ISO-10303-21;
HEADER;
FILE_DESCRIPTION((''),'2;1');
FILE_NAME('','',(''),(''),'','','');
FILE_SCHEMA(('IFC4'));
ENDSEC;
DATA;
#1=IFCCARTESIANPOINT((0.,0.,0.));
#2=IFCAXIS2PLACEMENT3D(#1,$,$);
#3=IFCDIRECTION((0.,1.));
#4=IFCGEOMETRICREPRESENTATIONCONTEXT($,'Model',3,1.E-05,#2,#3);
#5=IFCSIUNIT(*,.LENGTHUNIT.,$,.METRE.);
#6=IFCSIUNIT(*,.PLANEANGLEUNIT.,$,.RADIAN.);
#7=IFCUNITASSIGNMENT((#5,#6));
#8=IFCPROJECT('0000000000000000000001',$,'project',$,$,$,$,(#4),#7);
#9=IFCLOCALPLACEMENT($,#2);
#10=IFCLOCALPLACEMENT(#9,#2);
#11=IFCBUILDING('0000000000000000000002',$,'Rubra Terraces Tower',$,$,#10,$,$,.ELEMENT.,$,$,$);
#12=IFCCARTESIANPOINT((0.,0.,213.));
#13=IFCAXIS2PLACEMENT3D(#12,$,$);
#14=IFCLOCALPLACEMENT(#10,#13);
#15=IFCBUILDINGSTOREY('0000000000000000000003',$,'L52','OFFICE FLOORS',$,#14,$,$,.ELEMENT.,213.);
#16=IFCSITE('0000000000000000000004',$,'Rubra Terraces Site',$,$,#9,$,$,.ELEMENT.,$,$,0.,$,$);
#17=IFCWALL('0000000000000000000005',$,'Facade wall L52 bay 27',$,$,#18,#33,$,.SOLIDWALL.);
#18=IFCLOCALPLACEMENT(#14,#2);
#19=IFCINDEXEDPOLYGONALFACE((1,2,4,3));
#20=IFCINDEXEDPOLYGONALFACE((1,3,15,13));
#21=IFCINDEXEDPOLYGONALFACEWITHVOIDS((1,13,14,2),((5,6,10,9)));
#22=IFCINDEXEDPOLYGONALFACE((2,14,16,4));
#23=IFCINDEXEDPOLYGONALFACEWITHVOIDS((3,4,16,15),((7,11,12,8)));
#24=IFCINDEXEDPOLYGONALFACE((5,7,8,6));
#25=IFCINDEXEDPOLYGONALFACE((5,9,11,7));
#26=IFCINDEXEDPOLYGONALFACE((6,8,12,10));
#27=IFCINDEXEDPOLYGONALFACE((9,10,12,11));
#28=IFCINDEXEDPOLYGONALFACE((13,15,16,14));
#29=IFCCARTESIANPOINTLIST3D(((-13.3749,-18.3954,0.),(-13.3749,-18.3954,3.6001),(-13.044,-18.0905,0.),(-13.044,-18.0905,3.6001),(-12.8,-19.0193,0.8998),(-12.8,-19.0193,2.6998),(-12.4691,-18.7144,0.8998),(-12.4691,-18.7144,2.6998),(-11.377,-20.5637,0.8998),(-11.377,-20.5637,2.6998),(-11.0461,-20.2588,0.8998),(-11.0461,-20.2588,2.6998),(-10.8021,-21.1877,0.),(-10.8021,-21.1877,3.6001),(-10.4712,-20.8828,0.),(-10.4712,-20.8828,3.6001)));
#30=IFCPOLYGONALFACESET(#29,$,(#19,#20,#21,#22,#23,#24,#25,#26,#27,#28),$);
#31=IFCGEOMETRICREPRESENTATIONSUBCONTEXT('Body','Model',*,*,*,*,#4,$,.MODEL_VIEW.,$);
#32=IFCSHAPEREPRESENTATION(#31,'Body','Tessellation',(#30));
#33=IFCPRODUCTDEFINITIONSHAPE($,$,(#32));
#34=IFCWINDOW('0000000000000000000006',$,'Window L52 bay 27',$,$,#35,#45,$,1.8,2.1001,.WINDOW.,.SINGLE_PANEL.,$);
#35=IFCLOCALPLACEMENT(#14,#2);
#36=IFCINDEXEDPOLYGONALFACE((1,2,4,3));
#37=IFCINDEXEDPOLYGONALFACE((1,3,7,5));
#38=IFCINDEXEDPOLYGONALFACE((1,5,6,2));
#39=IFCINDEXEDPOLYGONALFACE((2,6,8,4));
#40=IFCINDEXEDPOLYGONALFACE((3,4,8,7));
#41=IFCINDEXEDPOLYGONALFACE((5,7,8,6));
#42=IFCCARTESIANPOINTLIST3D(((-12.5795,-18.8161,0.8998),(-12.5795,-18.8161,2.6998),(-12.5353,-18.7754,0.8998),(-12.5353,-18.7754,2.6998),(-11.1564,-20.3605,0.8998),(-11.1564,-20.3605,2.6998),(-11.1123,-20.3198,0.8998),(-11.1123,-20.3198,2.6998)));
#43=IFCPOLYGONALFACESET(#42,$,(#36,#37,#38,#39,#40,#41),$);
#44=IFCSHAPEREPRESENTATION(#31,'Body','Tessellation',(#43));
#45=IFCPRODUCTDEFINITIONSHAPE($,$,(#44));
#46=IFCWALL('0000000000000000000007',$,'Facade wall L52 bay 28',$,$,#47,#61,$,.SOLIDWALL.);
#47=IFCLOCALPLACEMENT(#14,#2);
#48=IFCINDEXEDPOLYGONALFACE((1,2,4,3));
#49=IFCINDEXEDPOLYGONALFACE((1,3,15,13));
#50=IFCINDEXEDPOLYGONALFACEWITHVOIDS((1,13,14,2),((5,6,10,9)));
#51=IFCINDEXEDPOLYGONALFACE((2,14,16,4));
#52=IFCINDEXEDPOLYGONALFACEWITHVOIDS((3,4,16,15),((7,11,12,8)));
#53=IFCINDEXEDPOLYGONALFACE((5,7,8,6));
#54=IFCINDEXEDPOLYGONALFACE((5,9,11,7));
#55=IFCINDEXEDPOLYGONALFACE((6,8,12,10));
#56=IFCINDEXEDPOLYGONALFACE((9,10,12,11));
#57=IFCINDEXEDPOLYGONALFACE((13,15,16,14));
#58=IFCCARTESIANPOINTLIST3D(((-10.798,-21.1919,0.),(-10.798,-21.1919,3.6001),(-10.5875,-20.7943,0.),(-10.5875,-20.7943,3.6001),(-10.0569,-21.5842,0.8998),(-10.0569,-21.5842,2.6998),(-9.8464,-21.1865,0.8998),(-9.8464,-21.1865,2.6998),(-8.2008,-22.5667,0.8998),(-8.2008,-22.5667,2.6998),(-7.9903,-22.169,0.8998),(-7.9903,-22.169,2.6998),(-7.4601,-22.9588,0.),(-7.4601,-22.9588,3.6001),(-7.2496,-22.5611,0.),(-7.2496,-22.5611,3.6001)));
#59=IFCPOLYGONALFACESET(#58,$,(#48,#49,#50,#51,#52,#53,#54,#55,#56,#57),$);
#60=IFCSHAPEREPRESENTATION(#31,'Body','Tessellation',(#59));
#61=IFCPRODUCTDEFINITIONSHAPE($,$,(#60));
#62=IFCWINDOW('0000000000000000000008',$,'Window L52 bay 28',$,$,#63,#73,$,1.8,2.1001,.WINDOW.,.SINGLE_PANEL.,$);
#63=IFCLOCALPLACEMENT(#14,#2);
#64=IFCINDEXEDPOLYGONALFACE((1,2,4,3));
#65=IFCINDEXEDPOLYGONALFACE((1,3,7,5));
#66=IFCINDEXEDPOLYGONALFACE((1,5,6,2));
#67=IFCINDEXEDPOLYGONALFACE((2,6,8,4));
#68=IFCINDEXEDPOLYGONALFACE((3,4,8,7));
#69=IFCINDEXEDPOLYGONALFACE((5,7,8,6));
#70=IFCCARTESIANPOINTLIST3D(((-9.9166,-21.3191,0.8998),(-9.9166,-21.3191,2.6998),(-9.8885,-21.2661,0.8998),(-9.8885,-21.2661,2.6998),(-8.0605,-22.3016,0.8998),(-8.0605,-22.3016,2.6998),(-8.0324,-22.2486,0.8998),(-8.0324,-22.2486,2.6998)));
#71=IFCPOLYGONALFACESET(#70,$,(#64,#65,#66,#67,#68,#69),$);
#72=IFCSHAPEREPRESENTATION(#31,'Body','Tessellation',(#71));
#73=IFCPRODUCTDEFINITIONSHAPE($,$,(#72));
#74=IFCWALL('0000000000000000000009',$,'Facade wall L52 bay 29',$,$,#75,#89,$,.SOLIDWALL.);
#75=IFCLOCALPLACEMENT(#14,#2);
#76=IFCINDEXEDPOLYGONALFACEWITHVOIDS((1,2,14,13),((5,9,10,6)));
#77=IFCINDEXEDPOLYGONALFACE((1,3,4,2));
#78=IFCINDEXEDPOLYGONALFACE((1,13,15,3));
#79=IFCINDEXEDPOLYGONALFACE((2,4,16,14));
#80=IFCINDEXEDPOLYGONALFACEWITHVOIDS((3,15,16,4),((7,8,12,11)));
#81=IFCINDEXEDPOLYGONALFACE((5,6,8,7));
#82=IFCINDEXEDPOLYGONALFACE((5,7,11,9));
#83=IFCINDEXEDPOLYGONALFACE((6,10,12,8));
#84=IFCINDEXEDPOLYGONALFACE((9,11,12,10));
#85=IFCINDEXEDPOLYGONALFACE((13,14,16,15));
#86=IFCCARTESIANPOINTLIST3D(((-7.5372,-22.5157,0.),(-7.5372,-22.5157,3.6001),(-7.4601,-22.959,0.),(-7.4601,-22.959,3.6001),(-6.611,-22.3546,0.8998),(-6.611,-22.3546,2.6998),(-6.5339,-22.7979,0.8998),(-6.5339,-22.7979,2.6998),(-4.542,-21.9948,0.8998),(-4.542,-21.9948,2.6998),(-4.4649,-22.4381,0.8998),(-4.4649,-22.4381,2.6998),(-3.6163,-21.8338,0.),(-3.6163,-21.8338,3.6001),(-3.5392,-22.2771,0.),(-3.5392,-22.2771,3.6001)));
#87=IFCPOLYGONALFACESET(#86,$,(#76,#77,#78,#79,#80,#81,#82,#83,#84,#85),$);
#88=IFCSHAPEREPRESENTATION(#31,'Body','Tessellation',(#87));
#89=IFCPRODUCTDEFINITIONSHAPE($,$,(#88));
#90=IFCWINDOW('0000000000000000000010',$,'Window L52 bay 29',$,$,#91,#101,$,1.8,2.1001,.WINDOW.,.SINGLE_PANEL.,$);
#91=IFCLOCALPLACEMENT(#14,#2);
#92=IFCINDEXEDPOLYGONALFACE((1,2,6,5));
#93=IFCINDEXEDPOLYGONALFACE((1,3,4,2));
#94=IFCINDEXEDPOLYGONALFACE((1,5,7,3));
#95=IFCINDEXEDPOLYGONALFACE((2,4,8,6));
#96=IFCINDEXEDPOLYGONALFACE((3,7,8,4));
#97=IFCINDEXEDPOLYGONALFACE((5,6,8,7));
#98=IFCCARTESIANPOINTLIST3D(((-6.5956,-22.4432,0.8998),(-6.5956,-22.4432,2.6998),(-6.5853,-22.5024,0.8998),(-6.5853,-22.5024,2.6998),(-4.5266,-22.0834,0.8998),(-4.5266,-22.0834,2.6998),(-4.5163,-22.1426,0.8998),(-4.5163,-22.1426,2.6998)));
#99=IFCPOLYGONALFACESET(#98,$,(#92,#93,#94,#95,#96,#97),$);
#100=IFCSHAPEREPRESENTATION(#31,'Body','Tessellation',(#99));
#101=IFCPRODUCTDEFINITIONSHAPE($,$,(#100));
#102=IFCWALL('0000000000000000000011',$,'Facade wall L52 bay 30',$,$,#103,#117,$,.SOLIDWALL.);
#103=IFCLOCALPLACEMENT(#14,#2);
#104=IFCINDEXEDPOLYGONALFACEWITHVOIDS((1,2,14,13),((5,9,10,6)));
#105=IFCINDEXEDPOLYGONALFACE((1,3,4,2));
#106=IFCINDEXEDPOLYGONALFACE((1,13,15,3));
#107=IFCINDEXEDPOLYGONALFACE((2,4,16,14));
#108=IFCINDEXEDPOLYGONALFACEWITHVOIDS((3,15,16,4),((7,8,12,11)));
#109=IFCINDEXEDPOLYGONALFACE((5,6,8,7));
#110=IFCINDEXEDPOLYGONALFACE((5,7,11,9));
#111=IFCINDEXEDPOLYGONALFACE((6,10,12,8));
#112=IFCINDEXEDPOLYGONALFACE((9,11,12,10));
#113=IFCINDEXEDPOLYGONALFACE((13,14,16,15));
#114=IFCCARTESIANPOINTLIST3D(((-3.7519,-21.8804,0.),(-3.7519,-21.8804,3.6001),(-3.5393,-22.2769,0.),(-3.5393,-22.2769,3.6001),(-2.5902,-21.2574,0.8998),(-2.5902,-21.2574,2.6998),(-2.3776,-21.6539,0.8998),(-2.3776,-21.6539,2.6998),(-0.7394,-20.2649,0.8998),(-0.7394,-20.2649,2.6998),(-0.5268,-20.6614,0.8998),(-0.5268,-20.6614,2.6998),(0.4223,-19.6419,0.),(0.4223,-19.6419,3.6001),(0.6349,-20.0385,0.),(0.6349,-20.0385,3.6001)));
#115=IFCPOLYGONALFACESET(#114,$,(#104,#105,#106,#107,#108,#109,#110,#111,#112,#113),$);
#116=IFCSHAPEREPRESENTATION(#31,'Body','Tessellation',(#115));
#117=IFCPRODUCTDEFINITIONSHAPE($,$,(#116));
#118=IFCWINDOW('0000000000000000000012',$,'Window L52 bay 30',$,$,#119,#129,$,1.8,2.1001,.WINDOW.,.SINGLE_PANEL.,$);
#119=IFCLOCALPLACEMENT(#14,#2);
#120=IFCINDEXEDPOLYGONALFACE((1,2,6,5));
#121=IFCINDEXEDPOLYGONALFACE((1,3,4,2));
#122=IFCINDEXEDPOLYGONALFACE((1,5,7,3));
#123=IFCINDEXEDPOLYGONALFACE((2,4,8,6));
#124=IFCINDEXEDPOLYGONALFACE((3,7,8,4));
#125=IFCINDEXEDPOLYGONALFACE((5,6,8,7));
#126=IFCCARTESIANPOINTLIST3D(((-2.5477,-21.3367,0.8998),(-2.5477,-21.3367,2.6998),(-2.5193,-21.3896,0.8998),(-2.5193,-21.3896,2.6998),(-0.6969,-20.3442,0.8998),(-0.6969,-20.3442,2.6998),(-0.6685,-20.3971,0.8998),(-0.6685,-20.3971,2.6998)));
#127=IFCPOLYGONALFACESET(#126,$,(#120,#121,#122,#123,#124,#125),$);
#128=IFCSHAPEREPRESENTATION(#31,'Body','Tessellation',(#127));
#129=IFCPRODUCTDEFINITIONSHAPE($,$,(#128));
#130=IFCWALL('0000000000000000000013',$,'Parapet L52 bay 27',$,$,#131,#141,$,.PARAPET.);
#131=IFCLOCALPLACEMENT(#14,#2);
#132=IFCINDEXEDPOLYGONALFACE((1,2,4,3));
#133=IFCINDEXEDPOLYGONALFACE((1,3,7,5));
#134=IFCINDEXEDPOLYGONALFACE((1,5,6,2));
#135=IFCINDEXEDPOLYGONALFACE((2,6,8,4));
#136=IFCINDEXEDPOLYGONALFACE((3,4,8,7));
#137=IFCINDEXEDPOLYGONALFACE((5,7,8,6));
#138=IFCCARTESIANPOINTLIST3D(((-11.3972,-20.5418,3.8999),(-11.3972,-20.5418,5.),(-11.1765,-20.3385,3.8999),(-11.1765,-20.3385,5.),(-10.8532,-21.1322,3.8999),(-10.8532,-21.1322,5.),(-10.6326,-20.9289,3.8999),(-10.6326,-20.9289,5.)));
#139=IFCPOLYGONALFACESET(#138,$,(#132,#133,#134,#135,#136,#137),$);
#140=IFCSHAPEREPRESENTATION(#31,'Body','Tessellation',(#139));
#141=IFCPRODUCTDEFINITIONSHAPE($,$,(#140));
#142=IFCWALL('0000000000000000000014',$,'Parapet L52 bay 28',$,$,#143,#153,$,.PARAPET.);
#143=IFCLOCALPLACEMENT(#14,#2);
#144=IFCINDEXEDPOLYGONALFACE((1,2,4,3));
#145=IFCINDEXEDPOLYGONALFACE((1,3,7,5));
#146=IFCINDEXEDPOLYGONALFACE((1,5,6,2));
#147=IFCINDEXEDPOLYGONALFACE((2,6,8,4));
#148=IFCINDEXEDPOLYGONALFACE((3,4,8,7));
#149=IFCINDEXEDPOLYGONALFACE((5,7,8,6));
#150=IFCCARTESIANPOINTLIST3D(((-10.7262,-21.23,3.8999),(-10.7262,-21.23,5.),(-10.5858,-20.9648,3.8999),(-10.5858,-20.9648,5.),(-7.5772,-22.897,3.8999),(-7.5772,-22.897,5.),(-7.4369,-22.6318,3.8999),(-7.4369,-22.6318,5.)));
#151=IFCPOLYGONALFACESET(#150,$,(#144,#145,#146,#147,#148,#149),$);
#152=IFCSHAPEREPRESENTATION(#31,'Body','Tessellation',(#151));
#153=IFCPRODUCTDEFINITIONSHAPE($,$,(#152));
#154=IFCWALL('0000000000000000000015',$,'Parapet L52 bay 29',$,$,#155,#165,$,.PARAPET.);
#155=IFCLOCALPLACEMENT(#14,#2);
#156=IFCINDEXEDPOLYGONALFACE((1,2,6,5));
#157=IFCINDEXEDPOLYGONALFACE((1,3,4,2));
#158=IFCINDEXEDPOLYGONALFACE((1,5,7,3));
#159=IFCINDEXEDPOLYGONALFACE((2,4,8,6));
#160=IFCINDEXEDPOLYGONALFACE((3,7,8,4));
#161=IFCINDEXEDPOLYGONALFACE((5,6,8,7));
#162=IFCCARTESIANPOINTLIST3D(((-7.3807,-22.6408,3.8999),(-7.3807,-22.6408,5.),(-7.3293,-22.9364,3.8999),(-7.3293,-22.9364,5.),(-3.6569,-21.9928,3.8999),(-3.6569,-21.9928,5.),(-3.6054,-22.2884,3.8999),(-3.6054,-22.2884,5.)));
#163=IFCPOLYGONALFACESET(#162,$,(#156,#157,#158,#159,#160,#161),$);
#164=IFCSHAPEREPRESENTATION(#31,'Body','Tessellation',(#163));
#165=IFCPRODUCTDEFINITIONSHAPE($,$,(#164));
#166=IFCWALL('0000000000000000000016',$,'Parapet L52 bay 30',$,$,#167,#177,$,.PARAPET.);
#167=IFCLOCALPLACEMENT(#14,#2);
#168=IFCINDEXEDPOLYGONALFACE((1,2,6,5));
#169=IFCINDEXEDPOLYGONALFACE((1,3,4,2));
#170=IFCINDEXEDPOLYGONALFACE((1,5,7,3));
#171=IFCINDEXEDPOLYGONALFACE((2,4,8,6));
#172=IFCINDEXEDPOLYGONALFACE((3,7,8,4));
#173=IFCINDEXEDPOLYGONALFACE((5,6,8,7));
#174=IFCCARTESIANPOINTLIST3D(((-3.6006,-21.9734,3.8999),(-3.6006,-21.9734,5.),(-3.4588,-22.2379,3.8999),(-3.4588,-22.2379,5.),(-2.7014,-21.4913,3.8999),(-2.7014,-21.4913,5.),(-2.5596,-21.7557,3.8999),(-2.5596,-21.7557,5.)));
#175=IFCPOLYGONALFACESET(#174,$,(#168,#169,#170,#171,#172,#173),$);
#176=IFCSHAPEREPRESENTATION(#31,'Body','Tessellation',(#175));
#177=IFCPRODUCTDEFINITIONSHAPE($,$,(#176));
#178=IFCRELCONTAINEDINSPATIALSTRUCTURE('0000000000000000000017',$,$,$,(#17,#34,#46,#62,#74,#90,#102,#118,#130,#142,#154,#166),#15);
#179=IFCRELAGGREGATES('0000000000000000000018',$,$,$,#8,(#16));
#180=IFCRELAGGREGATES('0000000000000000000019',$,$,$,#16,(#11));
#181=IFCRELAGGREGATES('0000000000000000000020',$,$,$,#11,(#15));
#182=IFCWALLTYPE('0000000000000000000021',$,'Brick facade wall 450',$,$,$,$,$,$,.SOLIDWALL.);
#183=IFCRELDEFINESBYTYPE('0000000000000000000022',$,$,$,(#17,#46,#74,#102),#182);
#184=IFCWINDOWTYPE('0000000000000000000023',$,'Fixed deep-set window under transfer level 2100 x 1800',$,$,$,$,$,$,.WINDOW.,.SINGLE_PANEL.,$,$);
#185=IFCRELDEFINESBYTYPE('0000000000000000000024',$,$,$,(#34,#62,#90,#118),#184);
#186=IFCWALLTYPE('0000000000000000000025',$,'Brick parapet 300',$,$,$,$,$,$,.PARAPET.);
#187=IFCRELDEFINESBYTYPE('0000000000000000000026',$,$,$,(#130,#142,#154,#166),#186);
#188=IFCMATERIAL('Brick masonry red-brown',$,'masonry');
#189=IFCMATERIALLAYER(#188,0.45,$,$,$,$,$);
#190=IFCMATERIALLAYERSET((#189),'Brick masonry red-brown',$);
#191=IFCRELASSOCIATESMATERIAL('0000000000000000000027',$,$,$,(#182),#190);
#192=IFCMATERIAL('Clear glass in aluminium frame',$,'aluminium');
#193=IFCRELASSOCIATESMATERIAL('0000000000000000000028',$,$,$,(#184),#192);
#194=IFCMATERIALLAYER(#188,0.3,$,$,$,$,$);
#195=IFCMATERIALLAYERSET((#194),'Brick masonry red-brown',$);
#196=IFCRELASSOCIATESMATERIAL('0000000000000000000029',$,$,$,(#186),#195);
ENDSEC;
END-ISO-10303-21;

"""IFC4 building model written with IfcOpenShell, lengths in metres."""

from ifc_helpers import new_model, si_unit, direction, frame, frame_2d, origin, place, context, subcontext, project, spatial, rectangle, extrude, material, layer, layer_set, type_object, element, fill, save


model = new_model("IFC4")

# Units and contexts
model_context = context("Model", 3, precision=1e-05, world=origin(), true_north=direction((0.0, 1.0)))
body_context = subcontext(model_context, "Body", "Model", "MODEL_VIEW")
ifc_project = project(units=[si_unit("LENGTHUNIT", "METRE"), si_unit("PLANEANGLEUNIT", "RADIAN")], contexts=[model_context])

# Site, building, storey
site_placement = place(None, origin())
site = spatial("IfcSite", under=ifc_project, at=site_placement, Name="Rubra Terraces Site", CompositionType="ELEMENT", RefElevation=0.0)
building_placement = place(site_placement, origin())
building = spatial("IfcBuilding", under=site, at=building_placement, Name="Rubra Terraces Tower", CompositionType="ELEMENT")
storey_placement = place(building_placement, frame((0.0, 0.0, 213.0)))
storey = spatial("IfcBuildingStorey", under=building, at=storey_placement, Name="L52", Description="OFFICE FLOORS", CompositionType="ELEMENT", Elevation=213.0)

# Walls, openings, windows
ifc_material_1 = material(Name="Brick masonry red-brown", Category="masonry")
ifc_layer_1 = layer(ifc_material_1, 0.45)
ifc_layer_set_1 = layer_set([ifc_layer_1], Name="Brick masonry red-brown")
wall_type_1 = type_object("IfcWallType", Name="Brick facade wall 450", PredefinedType="SOLIDWALL", material=ifc_layer_set_1)
wall_1_placement = place(storey_placement, frame((-13.2095, -18.2429, 0.0), z_axis=(0.0, 0.0, 1.0), x_axis=(0.677612, -0.735419, 0.0)))
wall_1 = element("IfcWall", 1, at=wall_1_placement, inside=storey, type_object=wall_type_1, Name="Facade wall L52 bay 27", PredefinedType="SOLIDWALL", context=body_context, shape_type="SweptSolid", body=[
    extrude(rectangle(XDim=3.7969, YDim=0.45, at=frame_2d((1.8984, 0.0))), origin(), (0.0, 0.0, 1.0), 3.6001),
])
opening_1_placement = place(wall_1_placement, frame((0.8484, 0.0, 0.8999)))
opening_1 = element("IfcOpeningElement", 2, at=opening_1_placement, cuts=wall_1, PredefinedType="OPENING", context=body_context, shape_type="SweptSolid", body=[
    extrude(rectangle(XDim=2.1001, YDim=1.8, at=frame_2d((1.05, 0.8999))), frame((0.0, 0.2349, 0.0), z_axis=(0.0, -1.0, 0.0), x_axis=(1.0, 0.0, 0.0)), (0.0, 0.0, 1.0), 0.47),
])
ifc_material_2 = material(Name="Clear glass in aluminium frame", Category="aluminium")
window_type = type_object("IfcWindowType", Name="Fixed deep-set window under transfer level 2100 x 1800", PartitioningType="SINGLE_PANEL", PredefinedType="WINDOW", material=ifc_material_2)
window_1_placement = place(opening_1_placement, origin())
window_1 = element("IfcWindow", 3, at=window_1_placement, inside=storey, type_object=window_type, Name="Window L52 bay 27", OverallHeight=1.8, OverallWidth=2.1001, PartitioningType="SINGLE_PANEL", PredefinedType="WINDOW", context=body_context, shape_type="SweptSolid", body=[
    extrude(rectangle(XDim=2.1001, YDim=1.8, at=frame_2d((1.05, 0.8999))), frame((0.0, 0.135, 0.0), z_axis=(0.0, -1.0, 0.0), x_axis=(1.0, 0.0, 0.0)), (0.0, 0.0, 1.0), 0.0601),
])
fill(opening_1, window_1)
wall_2_placement = place(storey_placement, frame((-10.6926, -20.9932, 0.0), z_axis=(0.0, 0.0, 1.0), x_axis=(0.883818, -0.467831, 0.0)))
wall_2 = element("IfcWall", 4, at=wall_2_placement, inside=storey, type_object=wall_type_1, Name="Facade wall L52 bay 28", PredefinedType="SOLIDWALL", context=body_context, shape_type="SweptSolid", body=[
    extrude(rectangle(XDim=3.7766, YDim=0.45, at=frame_2d((1.8882, 0.0))), origin(), (0.0, 0.0, 1.0), 3.6001),
])
opening_2_placement = place(wall_2_placement, frame((0.8384, 0.0, 0.8999)))
opening_2 = element("IfcOpeningElement", 5, at=opening_2_placement, cuts=wall_2, PredefinedType="OPENING", context=body_context, shape_type="SweptSolid", body=[
    extrude(rectangle(XDim=2.1001, YDim=1.8, at=frame_2d((1.05, 0.8999))), frame((0.0, 0.2349, 0.0), z_axis=(0.0, -1.0, 0.0), x_axis=(1.0, 0.0, 0.0)), (0.0, 0.0, 1.0), 0.47),
])
window_2_placement = place(opening_2_placement, origin())
window_2 = element("IfcWindow", 6, at=window_2_placement, inside=storey, type_object=window_type, Name="Window L52 bay 28", OverallHeight=1.8, OverallWidth=2.1001, PartitioningType="SINGLE_PANEL", PredefinedType="WINDOW", context=body_context, shape_type="SweptSolid", body=[
    extrude(rectangle(XDim=2.1001, YDim=1.8, at=frame_2d((1.05, 0.8999))), frame((0.0, 0.135, 0.0), z_axis=(0.0, -1.0, 0.0), x_axis=(1.0, 0.0, 0.0)), (0.0, 0.0, 1.0), 0.0601),
])
fill(opening_2, window_2)
wall_3_placement = place(storey_placement, frame((-7.4985, -22.7373, 0.0), z_axis=(0.0, 0.0, 1.0), x_axis=(0.985212, 0.171339, 0.0)))
wall_3 = element("IfcWall", 7, at=wall_3_placement, inside=storey, type_object=wall_type_1, Name="Facade wall L52 bay 29", PredefinedType="SOLIDWALL", context=body_context, shape_type="SweptSolid", body=[
    extrude(rectangle(XDim=3.9797, YDim=0.45, at=frame_2d((1.9897, 0.0))), origin(), (0.0, 0.0, 1.0), 3.6001),
])
opening_3_placement = place(wall_3_placement, frame((0.9399, 0.0, 0.8999)))
opening_3 = element("IfcOpeningElement", 8, at=opening_3_placement, cuts=wall_3, PredefinedType="OPENING", context=body_context, shape_type="SweptSolid", body=[
    extrude(rectangle(XDim=2.1001, YDim=1.8, at=frame_2d((1.05, 0.8999))), frame((0.0, 0.2349, 0.0), z_axis=(0.0, -1.0, 0.0), x_axis=(1.0, 0.0, 0.0)), (0.0, 0.0, 1.0), 0.47),
])
window_3_placement = place(opening_3_placement, origin())
window_3 = element("IfcWindow", 9, at=window_3_placement, inside=storey, type_object=window_type, Name="Window L52 bay 29", OverallHeight=1.8, OverallWidth=2.1001, PartitioningType="SINGLE_PANEL", PredefinedType="WINDOW", context=body_context, shape_type="SweptSolid", body=[
    extrude(rectangle(XDim=2.1001, YDim=1.8, at=frame_2d((1.05, 0.8999))), frame((0.0, 0.135, 0.0), z_axis=(0.0, -1.0, 0.0), x_axis=(1.0, 0.0, 0.0)), (0.0, 0.0, 1.0), 0.0601),
])
fill(opening_3, window_3)
wall_4_placement = place(storey_placement, frame((-3.6455, -22.0786, 0.0), z_axis=(0.0, 0.0, 1.0), x_axis=(0.881279, 0.472596, 0.0)))
wall_4 = element("IfcWall", 10, at=wall_4_placement, inside=storey, type_object=wall_type_1, Name="Facade wall L52 bay 30", PredefinedType="SOLIDWALL", context=body_context, shape_type="SweptSolid", body=[
    extrude(rectangle(XDim=4.7366, YDim=0.45, at=frame_2d((2.3682, 0.0))), origin(), (0.0, 0.0, 1.0), 3.6001),
])
opening_4_placement = place(wall_4_placement, frame((1.3181, 0.0, 0.8999)))
opening_4 = element("IfcOpeningElement", 11, at=opening_4_placement, cuts=wall_4, PredefinedType="OPENING", context=body_context, shape_type="SweptSolid", body=[
    extrude(rectangle(XDim=2.1001, YDim=1.8, at=frame_2d((1.05, 0.8999))), frame((0.0, 0.2349, 0.0), z_axis=(0.0, -1.0, 0.0), x_axis=(1.0, 0.0, 0.0)), (0.0, 0.0, 1.0), 0.47),
])
window_4_placement = place(opening_4_placement, origin())
window_4 = element("IfcWindow", 12, at=window_4_placement, inside=storey, type_object=window_type, Name="Window L52 bay 30", OverallHeight=1.8, OverallWidth=2.1001, PartitioningType="SINGLE_PANEL", PredefinedType="WINDOW", context=body_context, shape_type="SweptSolid", body=[
    extrude(rectangle(XDim=2.1001, YDim=1.8, at=frame_2d((1.05, 0.8999))), frame((0.0, 0.135, 0.0), z_axis=(0.0, -1.0, 0.0), x_axis=(1.0, 0.0, 0.0)), (0.0, 0.0, 1.0), 0.0601),
])
fill(opening_4, window_4)

# Walls
ifc_layer_2 = layer(ifc_material_1, 0.3)
ifc_layer_set_2 = layer_set([ifc_layer_2], Name="Brick masonry red-brown")
wall_type_2 = type_object("IfcWallType", Name="Brick parapet 300", PredefinedType="PARAPET", material=ifc_layer_set_2)
wall_5_placement = place(storey_placement, frame((-11.2869, -20.4402, 3.8999), z_axis=(0.0, 0.0, 1.0), x_axis=(0.677623, -0.735409, 0.0)))
element("IfcWall", 13, at=wall_5_placement, inside=storey, type_object=wall_type_2, Name="Parapet L52 bay 27", PredefinedType="PARAPET", context=body_context, shape_type="SweptSolid", body=[
    extrude(rectangle(XDim=0.8027, YDim=0.3, at=frame_2d((0.4014, 0.0))), origin(), (0.0, 0.0, 1.0), 1.1001),
])
wall_6_placement = place(storey_placement, frame((-10.656, -21.0974, 3.8999), z_axis=(0.0, 0.0, 1.0), x_axis=(0.883798, -0.467869, 0.0)))
element("IfcWall", 14, at=wall_6_placement, inside=storey, type_object=wall_type_2, Name="Parapet L52 bay 28", PredefinedType="PARAPET", context=body_context, shape_type="SweptSolid", body=[
    extrude(rectangle(XDim=3.563, YDim=0.3, at=frame_2d((1.7815, 0.0))), origin(), (0.0, 0.0, 1.0), 1.1001),
])
wall_7_placement = place(storey_placement, frame((-7.355, -22.7886, 3.8999), z_axis=(0.0, 0.0, 1.0), x_axis=(0.985198, 0.171423, 0.0)))
element("IfcWall", 15, at=wall_7_placement, inside=storey, type_object=wall_type_2, Name="Parapet L52 bay 29", PredefinedType="PARAPET", context=body_context, shape_type="SweptSolid", body=[
    extrude(rectangle(XDim=3.7798, YDim=0.3, at=frame_2d((1.8899, 0.0))), origin(), (0.0, 0.0, 1.0), 1.1001),
])
wall_8_placement = place(storey_placement, frame((-3.5298, -22.1057, 3.8999), z_axis=(0.0, 0.0, 1.0), x_axis=(0.881284, 0.472587, 0.0)))
element("IfcWall", 16, at=wall_8_placement, inside=storey, type_object=wall_type_2, Name="Parapet L52 bay 30", PredefinedType="PARAPET", context=body_context, shape_type="SweptSolid", body=[
    extrude(rectangle(XDim=1.0203, YDim=0.3, at=frame_2d((0.5103, 0.0))), origin(), (0.0, 0.0, 1.0), 1.1001),
])

save(model, "model.ifc")
